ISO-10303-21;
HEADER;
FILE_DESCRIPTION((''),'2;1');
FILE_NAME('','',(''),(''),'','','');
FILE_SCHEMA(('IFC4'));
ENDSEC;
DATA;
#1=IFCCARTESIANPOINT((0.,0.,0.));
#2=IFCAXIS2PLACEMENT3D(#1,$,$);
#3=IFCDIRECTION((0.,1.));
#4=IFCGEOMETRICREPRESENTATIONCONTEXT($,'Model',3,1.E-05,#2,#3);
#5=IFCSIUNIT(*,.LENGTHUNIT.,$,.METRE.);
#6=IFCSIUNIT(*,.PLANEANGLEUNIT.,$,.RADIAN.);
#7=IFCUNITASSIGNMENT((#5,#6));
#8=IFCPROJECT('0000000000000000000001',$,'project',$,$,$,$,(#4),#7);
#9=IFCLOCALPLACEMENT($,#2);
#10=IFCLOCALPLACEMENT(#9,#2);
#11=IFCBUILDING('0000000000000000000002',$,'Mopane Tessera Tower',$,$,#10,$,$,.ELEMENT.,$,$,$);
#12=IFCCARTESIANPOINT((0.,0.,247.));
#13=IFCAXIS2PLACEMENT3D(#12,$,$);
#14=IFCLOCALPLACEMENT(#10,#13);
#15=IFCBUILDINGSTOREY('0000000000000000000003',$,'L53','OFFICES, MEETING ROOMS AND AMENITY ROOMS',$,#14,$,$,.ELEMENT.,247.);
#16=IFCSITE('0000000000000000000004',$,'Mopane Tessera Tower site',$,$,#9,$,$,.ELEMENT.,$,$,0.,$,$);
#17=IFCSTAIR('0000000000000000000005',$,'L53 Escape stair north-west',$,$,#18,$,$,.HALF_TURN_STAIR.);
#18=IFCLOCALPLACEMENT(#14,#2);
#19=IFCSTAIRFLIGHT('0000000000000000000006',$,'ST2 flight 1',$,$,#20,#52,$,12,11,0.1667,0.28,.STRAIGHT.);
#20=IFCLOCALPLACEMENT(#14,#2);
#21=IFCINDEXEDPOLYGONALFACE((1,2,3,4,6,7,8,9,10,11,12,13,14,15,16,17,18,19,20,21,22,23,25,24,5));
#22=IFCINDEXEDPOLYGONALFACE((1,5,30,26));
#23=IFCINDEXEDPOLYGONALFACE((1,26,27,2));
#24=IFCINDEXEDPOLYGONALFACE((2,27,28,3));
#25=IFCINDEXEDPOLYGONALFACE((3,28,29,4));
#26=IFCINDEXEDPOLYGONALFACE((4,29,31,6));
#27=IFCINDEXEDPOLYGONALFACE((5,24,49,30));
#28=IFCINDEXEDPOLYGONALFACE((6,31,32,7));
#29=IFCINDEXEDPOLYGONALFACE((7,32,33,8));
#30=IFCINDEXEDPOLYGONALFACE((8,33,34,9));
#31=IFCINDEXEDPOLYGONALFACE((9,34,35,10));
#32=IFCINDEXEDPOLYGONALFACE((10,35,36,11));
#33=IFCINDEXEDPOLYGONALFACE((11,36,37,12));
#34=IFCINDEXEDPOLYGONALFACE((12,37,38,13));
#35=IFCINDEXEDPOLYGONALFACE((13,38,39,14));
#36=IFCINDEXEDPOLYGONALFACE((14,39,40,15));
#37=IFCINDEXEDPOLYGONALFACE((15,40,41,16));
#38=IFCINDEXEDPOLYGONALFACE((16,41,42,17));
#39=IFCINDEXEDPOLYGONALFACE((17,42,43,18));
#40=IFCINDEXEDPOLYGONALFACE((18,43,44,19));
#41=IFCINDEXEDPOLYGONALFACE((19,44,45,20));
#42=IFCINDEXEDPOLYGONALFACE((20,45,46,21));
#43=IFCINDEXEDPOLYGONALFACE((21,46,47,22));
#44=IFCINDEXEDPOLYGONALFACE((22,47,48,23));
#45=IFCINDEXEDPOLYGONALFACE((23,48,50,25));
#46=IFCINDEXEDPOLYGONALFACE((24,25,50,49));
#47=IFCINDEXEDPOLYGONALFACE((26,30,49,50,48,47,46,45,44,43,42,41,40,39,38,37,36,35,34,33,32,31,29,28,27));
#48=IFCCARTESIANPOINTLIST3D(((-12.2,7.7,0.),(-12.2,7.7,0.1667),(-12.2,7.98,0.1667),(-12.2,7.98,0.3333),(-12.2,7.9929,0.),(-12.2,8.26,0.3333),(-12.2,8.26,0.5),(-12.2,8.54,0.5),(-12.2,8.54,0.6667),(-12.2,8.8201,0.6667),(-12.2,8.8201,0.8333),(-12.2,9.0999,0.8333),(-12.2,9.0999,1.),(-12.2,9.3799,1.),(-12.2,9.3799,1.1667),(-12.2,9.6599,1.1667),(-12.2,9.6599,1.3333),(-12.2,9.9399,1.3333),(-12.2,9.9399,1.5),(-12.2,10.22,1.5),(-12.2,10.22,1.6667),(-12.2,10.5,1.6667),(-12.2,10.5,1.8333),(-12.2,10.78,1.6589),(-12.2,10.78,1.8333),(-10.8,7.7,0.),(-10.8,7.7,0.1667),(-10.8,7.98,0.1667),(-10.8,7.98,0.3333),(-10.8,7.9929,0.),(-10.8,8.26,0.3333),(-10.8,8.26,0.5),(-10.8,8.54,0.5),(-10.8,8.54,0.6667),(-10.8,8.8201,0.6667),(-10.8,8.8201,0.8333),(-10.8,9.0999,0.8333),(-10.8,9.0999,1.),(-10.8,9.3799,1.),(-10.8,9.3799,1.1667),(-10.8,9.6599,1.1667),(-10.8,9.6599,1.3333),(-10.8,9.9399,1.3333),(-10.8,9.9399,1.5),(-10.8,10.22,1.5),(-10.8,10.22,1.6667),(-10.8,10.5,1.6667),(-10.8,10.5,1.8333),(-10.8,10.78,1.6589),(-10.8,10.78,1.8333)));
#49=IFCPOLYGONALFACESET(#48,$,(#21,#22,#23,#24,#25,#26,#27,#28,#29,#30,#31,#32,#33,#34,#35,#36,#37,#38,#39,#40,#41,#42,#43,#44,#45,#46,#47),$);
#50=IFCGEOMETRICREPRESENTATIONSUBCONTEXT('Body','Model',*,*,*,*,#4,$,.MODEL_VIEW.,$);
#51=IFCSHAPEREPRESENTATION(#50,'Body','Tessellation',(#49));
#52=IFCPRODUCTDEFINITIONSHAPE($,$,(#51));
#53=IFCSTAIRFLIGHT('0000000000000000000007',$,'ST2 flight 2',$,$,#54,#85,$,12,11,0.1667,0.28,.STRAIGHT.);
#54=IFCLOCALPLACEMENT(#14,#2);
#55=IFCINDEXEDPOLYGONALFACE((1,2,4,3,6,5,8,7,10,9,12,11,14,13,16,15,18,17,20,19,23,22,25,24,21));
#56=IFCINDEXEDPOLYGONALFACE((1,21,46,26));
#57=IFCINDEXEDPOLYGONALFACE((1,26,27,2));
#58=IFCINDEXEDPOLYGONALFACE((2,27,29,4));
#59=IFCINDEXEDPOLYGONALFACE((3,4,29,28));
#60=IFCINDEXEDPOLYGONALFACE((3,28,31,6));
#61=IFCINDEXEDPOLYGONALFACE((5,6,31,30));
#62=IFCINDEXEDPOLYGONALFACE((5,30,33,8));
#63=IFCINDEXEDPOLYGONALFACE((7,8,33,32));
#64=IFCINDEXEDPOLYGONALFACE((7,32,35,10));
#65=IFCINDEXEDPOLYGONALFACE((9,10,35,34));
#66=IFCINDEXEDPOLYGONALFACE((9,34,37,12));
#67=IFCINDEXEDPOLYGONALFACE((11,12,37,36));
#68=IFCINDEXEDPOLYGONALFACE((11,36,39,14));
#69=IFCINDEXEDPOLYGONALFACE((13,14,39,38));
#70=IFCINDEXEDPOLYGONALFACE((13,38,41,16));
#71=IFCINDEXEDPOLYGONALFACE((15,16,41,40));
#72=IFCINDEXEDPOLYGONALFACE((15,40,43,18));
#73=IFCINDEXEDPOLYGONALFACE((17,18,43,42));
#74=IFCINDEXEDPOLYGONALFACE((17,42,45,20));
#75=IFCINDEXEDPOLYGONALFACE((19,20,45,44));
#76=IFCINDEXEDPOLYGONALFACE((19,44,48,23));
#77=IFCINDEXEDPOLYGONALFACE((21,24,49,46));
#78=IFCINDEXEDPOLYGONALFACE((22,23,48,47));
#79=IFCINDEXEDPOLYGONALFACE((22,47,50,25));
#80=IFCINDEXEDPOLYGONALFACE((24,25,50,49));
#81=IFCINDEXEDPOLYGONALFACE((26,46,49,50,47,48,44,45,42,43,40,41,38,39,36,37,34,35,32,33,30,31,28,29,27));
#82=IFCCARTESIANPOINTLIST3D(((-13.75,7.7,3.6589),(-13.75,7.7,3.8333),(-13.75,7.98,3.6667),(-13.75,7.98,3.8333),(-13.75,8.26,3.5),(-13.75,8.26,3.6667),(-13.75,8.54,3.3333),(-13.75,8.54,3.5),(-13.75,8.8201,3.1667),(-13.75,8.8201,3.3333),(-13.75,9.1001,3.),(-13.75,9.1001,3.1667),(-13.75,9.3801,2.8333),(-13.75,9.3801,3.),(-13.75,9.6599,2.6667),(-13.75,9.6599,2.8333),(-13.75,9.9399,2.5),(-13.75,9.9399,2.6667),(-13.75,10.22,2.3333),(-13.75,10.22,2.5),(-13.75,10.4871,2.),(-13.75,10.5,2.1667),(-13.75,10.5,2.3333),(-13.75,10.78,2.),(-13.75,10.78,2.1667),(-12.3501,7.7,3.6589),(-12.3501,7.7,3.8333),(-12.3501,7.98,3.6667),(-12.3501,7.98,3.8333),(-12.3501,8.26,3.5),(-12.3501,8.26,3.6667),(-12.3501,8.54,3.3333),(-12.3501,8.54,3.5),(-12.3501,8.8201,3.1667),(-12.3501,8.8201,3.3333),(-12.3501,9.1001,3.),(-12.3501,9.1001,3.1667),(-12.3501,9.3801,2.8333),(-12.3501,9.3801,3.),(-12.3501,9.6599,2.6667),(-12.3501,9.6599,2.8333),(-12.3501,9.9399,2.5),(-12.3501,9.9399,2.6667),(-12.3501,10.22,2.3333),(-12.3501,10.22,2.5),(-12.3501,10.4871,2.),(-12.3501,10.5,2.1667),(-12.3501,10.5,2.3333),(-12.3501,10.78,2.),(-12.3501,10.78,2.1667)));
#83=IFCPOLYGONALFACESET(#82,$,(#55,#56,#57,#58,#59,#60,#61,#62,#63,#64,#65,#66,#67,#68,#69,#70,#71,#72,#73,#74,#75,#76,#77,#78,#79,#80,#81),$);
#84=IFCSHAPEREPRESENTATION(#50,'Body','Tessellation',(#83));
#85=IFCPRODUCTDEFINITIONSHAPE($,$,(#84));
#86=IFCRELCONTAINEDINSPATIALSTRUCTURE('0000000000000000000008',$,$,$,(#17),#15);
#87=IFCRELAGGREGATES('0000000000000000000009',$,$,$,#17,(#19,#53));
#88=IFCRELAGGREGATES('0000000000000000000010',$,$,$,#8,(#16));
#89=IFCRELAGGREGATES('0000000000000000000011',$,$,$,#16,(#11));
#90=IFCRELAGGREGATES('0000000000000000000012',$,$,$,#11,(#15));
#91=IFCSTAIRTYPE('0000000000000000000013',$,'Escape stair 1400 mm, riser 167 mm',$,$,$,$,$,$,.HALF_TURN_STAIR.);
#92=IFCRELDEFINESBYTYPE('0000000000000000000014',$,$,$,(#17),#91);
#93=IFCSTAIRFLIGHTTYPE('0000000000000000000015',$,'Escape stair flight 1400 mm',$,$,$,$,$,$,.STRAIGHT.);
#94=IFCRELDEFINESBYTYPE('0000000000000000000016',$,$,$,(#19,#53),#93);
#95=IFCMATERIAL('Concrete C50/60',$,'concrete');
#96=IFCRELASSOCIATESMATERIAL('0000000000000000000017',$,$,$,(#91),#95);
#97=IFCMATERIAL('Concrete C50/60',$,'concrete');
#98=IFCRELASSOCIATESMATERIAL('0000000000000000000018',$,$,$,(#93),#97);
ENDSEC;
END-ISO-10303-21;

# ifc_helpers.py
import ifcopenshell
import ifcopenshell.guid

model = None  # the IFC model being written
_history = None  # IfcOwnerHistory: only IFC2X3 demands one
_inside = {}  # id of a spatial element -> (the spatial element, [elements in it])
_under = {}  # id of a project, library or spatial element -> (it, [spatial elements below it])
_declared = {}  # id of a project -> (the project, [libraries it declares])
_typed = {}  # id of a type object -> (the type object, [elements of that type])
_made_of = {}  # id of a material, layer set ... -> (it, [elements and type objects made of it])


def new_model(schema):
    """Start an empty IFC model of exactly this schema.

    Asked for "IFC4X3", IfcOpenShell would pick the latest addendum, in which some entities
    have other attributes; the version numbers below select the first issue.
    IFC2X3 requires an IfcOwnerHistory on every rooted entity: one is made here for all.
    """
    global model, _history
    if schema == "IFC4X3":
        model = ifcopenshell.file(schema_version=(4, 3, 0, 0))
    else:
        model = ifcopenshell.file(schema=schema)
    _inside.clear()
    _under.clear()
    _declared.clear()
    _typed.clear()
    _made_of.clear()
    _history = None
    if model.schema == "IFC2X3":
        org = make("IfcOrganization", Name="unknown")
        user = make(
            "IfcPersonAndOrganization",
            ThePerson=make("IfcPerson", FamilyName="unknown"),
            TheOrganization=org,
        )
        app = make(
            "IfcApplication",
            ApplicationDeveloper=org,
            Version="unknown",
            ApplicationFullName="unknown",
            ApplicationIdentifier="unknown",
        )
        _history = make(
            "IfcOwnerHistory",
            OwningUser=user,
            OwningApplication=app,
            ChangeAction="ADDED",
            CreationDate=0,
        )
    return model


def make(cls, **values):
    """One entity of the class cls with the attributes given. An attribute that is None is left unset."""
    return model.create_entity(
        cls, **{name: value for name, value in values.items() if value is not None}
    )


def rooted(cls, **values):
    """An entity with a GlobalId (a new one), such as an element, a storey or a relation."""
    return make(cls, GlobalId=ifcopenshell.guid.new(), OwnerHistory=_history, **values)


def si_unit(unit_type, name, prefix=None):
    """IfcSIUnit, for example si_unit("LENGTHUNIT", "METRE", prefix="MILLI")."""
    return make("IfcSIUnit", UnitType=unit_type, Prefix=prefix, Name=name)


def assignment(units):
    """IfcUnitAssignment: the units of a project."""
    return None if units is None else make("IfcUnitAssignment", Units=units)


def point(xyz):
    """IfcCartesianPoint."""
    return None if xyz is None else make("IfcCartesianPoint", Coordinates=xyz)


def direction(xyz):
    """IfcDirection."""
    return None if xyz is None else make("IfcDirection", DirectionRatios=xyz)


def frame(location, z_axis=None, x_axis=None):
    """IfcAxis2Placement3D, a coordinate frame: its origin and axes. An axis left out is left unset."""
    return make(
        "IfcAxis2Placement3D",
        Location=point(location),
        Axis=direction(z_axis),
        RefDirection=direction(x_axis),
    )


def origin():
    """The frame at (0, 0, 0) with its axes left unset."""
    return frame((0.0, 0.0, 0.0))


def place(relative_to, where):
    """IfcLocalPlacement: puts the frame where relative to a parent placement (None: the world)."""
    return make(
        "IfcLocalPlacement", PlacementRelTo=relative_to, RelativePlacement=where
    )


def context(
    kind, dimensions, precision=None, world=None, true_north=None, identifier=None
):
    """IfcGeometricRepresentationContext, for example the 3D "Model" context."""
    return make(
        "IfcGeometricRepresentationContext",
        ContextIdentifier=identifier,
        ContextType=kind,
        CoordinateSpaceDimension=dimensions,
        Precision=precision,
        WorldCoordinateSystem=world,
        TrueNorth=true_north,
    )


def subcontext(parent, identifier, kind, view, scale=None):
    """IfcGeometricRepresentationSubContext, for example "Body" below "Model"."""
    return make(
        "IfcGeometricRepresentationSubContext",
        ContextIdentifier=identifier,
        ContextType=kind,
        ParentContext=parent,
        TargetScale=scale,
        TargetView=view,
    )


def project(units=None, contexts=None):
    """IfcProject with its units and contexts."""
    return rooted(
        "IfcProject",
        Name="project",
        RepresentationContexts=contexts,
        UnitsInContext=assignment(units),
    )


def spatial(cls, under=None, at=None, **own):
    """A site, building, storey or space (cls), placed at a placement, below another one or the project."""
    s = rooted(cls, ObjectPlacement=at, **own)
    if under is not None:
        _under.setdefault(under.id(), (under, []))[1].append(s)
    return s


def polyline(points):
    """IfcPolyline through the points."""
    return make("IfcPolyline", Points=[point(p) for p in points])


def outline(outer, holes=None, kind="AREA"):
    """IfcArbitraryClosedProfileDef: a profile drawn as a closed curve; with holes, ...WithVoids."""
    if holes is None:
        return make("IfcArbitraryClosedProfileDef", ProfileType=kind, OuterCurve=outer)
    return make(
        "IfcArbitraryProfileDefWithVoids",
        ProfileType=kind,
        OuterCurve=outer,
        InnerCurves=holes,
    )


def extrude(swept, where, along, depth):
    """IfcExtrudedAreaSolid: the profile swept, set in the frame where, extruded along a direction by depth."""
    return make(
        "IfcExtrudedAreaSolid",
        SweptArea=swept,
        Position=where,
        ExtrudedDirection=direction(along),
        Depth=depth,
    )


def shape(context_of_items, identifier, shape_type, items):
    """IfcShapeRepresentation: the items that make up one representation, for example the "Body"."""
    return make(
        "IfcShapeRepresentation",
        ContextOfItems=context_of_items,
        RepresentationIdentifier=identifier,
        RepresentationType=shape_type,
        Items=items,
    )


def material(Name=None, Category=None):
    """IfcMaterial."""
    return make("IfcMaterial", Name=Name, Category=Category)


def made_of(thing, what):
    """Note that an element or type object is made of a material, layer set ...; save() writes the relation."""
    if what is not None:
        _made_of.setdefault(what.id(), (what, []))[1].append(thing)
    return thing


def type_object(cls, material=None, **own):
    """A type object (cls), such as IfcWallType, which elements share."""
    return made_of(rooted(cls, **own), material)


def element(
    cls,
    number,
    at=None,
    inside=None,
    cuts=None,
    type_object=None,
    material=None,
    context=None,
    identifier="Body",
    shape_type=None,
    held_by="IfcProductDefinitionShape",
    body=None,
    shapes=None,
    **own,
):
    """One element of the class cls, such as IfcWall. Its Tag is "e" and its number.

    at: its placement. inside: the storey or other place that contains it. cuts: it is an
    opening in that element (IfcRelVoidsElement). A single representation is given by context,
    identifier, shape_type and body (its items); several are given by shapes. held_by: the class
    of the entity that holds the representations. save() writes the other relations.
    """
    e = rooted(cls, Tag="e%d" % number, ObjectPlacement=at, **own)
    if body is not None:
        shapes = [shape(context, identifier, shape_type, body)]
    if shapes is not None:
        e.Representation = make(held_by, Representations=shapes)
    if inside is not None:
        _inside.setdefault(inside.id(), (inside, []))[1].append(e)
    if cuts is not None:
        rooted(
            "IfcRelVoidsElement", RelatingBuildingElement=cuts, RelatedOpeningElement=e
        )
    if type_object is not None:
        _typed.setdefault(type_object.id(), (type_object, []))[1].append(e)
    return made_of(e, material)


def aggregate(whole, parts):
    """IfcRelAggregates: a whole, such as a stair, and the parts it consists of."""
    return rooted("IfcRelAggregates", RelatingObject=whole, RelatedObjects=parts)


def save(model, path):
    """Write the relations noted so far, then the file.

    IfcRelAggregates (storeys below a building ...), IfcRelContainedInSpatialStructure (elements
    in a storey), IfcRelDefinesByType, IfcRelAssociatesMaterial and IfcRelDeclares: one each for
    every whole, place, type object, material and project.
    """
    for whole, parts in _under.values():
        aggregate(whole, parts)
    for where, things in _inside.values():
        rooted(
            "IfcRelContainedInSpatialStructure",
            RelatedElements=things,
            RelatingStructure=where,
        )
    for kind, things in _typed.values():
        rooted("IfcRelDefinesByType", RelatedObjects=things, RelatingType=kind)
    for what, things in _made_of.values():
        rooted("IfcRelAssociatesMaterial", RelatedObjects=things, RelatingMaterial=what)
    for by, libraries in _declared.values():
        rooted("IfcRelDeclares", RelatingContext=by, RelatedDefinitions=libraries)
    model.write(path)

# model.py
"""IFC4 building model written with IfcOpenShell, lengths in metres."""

from ifc_helpers import new_model, si_unit, direction, frame, origin, place, context, subcontext, project, spatial, polyline, outline, extrude, material, type_object, element, aggregate, save


model = new_model("IFC4")

# Units and contexts
model_context = context("Model", 3, precision=1e-05, world=origin(), true_north=direction((0.0, 1.0)))
body_context = subcontext(model_context, "Body", "Model", "MODEL_VIEW")
ifc_project = project(units=[si_unit("LENGTHUNIT", "METRE"), si_unit("PLANEANGLEUNIT", "RADIAN")], contexts=[model_context])

# Site, building, storey
site_placement = place(None, origin())
site = spatial("IfcSite", under=ifc_project, at=site_placement, Name="Mopane Tessera Tower site", CompositionType="ELEMENT", RefElevation=0.0)
building_placement = place(site_placement, origin())
building = spatial("IfcBuilding", under=site, at=building_placement, Name="Mopane Tessera Tower", CompositionType="ELEMENT")
storey_placement = place(building_placement, frame((0.0, 0.0, 247.0)))
storey = spatial("IfcBuildingStorey", under=building, at=storey_placement, Name="L53", Description="OFFICES, MEETING ROOMS AND AMENITY ROOMS", CompositionType="ELEMENT", Elevation=247.0)

# Stair, stair flights
ifc_material_1 = material(Name="Concrete C50/60", Category="concrete")
stair_type = type_object("IfcStairType", Name="Escape stair 1400 mm, riser 167 mm", PredefinedType="HALF_TURN_STAIR", material=ifc_material_1)
stair_placement = place(storey_placement, origin())
stair = element("IfcStair", 1, at=stair_placement, inside=storey, type_object=stair_type, Name="L53 Escape stair north-west", PredefinedType="HALF_TURN_STAIR")
ifc_material_2 = material(Name="Concrete C50/60", Category="concrete")
stair_flight_type = type_object("IfcStairFlightType", Name="Escape stair flight 1400 mm", PredefinedType="STRAIGHT", material=ifc_material_2)
stair_flight_1_placement = place(storey_placement, frame((-11.5, 7.7, 0.0), z_axis=(0.0, 0.0, 1.0), x_axis=(0.0, 1.0, 0.0)))
stair_flight_1 = element("IfcStairFlight", 2, at=stair_flight_1_placement, type_object=stair_flight_type, Name="ST2 flight 1", NumberOfRisers=12, NumberOfTreads=11, PredefinedType="STRAIGHT", RiserHeight=0.1667, TreadLength=0.28, context=body_context, shape_type="SweptSolid", body=[
    extrude(outline(polyline([(0.0, 0.0), (0.0, 0.1667), (0.28, 0.1667), (0.28, 0.3333), (0.5601, 0.3333), (0.5601, 0.5), (0.8401, 0.5), (0.8401, 0.6667), (1.1201, 0.6667), (1.1201, 0.8333), (1.3999, 0.8333), (1.3999, 1.0), (1.6799, 1.0), (1.6799, 1.1667), (1.96, 1.1667), (1.96, 1.3333), (2.24, 1.3333), (2.24, 1.5), (2.52, 1.5), (2.52, 1.6667), (2.8, 1.6667), (2.8, 1.8333), (3.0801, 1.8333), (3.0801, 2.0), (3.0801, 1.6589), (0.293, 0.0), (0.0, 0.0)])), frame((0.0, 0.7, 0.0), z_axis=(0.0, -1.0, 0.0), x_axis=(1.0, 0.0, 0.0)), (0.0, 0.0, 1.0), 1.3999),
])
stair_flight_2_placement = place(storey_placement, frame((-13.05, 10.78, 2.0), z_axis=(0.0, 0.0, 1.0), x_axis=(0.0, -1.0, 0.0)))
stair_flight_2 = element("IfcStairFlight", 3, at=stair_flight_2_placement, type_object=stair_flight_type, Name="ST2 flight 2", NumberOfRisers=12, NumberOfTreads=11, PredefinedType="STRAIGHT", RiserHeight=0.1667, TreadLength=0.28, context=body_context, shape_type="SweptSolid", body=[
    extrude(outline(polyline([(0.0, 0.0), (0.0, 0.1667), (0.28, 0.1667), (0.28, 0.3333), (0.5601, 0.3333), (0.5601, 0.5), (0.8401, 0.5), (0.8401, 0.6667), (1.1201, 0.6667), (1.1201, 0.8333), (1.3999, 0.8333), (1.3999, 1.0), (1.6799, 1.0), (1.6799, 1.1667), (1.96, 1.1667), (1.96, 1.3333), (2.24, 1.3333), (2.24, 1.5), (2.52, 1.5), (2.52, 1.6667), (2.8, 1.6667), (2.8, 1.8333), (3.0801, 1.8333), (3.0801, 2.0), (3.0801, 1.6589), (0.293, 0.0), (0.0, 0.0)])), frame((0.0, 0.7, 0.0), z_axis=(0.0, -1.0, 0.0), x_axis=(1.0, 0.0, 0.0)), (0.0, 0.0, 1.0), 1.3999),
])
aggregate(stair, [stair_flight_1, stair_flight_2])

save(model, "model.ifc")
